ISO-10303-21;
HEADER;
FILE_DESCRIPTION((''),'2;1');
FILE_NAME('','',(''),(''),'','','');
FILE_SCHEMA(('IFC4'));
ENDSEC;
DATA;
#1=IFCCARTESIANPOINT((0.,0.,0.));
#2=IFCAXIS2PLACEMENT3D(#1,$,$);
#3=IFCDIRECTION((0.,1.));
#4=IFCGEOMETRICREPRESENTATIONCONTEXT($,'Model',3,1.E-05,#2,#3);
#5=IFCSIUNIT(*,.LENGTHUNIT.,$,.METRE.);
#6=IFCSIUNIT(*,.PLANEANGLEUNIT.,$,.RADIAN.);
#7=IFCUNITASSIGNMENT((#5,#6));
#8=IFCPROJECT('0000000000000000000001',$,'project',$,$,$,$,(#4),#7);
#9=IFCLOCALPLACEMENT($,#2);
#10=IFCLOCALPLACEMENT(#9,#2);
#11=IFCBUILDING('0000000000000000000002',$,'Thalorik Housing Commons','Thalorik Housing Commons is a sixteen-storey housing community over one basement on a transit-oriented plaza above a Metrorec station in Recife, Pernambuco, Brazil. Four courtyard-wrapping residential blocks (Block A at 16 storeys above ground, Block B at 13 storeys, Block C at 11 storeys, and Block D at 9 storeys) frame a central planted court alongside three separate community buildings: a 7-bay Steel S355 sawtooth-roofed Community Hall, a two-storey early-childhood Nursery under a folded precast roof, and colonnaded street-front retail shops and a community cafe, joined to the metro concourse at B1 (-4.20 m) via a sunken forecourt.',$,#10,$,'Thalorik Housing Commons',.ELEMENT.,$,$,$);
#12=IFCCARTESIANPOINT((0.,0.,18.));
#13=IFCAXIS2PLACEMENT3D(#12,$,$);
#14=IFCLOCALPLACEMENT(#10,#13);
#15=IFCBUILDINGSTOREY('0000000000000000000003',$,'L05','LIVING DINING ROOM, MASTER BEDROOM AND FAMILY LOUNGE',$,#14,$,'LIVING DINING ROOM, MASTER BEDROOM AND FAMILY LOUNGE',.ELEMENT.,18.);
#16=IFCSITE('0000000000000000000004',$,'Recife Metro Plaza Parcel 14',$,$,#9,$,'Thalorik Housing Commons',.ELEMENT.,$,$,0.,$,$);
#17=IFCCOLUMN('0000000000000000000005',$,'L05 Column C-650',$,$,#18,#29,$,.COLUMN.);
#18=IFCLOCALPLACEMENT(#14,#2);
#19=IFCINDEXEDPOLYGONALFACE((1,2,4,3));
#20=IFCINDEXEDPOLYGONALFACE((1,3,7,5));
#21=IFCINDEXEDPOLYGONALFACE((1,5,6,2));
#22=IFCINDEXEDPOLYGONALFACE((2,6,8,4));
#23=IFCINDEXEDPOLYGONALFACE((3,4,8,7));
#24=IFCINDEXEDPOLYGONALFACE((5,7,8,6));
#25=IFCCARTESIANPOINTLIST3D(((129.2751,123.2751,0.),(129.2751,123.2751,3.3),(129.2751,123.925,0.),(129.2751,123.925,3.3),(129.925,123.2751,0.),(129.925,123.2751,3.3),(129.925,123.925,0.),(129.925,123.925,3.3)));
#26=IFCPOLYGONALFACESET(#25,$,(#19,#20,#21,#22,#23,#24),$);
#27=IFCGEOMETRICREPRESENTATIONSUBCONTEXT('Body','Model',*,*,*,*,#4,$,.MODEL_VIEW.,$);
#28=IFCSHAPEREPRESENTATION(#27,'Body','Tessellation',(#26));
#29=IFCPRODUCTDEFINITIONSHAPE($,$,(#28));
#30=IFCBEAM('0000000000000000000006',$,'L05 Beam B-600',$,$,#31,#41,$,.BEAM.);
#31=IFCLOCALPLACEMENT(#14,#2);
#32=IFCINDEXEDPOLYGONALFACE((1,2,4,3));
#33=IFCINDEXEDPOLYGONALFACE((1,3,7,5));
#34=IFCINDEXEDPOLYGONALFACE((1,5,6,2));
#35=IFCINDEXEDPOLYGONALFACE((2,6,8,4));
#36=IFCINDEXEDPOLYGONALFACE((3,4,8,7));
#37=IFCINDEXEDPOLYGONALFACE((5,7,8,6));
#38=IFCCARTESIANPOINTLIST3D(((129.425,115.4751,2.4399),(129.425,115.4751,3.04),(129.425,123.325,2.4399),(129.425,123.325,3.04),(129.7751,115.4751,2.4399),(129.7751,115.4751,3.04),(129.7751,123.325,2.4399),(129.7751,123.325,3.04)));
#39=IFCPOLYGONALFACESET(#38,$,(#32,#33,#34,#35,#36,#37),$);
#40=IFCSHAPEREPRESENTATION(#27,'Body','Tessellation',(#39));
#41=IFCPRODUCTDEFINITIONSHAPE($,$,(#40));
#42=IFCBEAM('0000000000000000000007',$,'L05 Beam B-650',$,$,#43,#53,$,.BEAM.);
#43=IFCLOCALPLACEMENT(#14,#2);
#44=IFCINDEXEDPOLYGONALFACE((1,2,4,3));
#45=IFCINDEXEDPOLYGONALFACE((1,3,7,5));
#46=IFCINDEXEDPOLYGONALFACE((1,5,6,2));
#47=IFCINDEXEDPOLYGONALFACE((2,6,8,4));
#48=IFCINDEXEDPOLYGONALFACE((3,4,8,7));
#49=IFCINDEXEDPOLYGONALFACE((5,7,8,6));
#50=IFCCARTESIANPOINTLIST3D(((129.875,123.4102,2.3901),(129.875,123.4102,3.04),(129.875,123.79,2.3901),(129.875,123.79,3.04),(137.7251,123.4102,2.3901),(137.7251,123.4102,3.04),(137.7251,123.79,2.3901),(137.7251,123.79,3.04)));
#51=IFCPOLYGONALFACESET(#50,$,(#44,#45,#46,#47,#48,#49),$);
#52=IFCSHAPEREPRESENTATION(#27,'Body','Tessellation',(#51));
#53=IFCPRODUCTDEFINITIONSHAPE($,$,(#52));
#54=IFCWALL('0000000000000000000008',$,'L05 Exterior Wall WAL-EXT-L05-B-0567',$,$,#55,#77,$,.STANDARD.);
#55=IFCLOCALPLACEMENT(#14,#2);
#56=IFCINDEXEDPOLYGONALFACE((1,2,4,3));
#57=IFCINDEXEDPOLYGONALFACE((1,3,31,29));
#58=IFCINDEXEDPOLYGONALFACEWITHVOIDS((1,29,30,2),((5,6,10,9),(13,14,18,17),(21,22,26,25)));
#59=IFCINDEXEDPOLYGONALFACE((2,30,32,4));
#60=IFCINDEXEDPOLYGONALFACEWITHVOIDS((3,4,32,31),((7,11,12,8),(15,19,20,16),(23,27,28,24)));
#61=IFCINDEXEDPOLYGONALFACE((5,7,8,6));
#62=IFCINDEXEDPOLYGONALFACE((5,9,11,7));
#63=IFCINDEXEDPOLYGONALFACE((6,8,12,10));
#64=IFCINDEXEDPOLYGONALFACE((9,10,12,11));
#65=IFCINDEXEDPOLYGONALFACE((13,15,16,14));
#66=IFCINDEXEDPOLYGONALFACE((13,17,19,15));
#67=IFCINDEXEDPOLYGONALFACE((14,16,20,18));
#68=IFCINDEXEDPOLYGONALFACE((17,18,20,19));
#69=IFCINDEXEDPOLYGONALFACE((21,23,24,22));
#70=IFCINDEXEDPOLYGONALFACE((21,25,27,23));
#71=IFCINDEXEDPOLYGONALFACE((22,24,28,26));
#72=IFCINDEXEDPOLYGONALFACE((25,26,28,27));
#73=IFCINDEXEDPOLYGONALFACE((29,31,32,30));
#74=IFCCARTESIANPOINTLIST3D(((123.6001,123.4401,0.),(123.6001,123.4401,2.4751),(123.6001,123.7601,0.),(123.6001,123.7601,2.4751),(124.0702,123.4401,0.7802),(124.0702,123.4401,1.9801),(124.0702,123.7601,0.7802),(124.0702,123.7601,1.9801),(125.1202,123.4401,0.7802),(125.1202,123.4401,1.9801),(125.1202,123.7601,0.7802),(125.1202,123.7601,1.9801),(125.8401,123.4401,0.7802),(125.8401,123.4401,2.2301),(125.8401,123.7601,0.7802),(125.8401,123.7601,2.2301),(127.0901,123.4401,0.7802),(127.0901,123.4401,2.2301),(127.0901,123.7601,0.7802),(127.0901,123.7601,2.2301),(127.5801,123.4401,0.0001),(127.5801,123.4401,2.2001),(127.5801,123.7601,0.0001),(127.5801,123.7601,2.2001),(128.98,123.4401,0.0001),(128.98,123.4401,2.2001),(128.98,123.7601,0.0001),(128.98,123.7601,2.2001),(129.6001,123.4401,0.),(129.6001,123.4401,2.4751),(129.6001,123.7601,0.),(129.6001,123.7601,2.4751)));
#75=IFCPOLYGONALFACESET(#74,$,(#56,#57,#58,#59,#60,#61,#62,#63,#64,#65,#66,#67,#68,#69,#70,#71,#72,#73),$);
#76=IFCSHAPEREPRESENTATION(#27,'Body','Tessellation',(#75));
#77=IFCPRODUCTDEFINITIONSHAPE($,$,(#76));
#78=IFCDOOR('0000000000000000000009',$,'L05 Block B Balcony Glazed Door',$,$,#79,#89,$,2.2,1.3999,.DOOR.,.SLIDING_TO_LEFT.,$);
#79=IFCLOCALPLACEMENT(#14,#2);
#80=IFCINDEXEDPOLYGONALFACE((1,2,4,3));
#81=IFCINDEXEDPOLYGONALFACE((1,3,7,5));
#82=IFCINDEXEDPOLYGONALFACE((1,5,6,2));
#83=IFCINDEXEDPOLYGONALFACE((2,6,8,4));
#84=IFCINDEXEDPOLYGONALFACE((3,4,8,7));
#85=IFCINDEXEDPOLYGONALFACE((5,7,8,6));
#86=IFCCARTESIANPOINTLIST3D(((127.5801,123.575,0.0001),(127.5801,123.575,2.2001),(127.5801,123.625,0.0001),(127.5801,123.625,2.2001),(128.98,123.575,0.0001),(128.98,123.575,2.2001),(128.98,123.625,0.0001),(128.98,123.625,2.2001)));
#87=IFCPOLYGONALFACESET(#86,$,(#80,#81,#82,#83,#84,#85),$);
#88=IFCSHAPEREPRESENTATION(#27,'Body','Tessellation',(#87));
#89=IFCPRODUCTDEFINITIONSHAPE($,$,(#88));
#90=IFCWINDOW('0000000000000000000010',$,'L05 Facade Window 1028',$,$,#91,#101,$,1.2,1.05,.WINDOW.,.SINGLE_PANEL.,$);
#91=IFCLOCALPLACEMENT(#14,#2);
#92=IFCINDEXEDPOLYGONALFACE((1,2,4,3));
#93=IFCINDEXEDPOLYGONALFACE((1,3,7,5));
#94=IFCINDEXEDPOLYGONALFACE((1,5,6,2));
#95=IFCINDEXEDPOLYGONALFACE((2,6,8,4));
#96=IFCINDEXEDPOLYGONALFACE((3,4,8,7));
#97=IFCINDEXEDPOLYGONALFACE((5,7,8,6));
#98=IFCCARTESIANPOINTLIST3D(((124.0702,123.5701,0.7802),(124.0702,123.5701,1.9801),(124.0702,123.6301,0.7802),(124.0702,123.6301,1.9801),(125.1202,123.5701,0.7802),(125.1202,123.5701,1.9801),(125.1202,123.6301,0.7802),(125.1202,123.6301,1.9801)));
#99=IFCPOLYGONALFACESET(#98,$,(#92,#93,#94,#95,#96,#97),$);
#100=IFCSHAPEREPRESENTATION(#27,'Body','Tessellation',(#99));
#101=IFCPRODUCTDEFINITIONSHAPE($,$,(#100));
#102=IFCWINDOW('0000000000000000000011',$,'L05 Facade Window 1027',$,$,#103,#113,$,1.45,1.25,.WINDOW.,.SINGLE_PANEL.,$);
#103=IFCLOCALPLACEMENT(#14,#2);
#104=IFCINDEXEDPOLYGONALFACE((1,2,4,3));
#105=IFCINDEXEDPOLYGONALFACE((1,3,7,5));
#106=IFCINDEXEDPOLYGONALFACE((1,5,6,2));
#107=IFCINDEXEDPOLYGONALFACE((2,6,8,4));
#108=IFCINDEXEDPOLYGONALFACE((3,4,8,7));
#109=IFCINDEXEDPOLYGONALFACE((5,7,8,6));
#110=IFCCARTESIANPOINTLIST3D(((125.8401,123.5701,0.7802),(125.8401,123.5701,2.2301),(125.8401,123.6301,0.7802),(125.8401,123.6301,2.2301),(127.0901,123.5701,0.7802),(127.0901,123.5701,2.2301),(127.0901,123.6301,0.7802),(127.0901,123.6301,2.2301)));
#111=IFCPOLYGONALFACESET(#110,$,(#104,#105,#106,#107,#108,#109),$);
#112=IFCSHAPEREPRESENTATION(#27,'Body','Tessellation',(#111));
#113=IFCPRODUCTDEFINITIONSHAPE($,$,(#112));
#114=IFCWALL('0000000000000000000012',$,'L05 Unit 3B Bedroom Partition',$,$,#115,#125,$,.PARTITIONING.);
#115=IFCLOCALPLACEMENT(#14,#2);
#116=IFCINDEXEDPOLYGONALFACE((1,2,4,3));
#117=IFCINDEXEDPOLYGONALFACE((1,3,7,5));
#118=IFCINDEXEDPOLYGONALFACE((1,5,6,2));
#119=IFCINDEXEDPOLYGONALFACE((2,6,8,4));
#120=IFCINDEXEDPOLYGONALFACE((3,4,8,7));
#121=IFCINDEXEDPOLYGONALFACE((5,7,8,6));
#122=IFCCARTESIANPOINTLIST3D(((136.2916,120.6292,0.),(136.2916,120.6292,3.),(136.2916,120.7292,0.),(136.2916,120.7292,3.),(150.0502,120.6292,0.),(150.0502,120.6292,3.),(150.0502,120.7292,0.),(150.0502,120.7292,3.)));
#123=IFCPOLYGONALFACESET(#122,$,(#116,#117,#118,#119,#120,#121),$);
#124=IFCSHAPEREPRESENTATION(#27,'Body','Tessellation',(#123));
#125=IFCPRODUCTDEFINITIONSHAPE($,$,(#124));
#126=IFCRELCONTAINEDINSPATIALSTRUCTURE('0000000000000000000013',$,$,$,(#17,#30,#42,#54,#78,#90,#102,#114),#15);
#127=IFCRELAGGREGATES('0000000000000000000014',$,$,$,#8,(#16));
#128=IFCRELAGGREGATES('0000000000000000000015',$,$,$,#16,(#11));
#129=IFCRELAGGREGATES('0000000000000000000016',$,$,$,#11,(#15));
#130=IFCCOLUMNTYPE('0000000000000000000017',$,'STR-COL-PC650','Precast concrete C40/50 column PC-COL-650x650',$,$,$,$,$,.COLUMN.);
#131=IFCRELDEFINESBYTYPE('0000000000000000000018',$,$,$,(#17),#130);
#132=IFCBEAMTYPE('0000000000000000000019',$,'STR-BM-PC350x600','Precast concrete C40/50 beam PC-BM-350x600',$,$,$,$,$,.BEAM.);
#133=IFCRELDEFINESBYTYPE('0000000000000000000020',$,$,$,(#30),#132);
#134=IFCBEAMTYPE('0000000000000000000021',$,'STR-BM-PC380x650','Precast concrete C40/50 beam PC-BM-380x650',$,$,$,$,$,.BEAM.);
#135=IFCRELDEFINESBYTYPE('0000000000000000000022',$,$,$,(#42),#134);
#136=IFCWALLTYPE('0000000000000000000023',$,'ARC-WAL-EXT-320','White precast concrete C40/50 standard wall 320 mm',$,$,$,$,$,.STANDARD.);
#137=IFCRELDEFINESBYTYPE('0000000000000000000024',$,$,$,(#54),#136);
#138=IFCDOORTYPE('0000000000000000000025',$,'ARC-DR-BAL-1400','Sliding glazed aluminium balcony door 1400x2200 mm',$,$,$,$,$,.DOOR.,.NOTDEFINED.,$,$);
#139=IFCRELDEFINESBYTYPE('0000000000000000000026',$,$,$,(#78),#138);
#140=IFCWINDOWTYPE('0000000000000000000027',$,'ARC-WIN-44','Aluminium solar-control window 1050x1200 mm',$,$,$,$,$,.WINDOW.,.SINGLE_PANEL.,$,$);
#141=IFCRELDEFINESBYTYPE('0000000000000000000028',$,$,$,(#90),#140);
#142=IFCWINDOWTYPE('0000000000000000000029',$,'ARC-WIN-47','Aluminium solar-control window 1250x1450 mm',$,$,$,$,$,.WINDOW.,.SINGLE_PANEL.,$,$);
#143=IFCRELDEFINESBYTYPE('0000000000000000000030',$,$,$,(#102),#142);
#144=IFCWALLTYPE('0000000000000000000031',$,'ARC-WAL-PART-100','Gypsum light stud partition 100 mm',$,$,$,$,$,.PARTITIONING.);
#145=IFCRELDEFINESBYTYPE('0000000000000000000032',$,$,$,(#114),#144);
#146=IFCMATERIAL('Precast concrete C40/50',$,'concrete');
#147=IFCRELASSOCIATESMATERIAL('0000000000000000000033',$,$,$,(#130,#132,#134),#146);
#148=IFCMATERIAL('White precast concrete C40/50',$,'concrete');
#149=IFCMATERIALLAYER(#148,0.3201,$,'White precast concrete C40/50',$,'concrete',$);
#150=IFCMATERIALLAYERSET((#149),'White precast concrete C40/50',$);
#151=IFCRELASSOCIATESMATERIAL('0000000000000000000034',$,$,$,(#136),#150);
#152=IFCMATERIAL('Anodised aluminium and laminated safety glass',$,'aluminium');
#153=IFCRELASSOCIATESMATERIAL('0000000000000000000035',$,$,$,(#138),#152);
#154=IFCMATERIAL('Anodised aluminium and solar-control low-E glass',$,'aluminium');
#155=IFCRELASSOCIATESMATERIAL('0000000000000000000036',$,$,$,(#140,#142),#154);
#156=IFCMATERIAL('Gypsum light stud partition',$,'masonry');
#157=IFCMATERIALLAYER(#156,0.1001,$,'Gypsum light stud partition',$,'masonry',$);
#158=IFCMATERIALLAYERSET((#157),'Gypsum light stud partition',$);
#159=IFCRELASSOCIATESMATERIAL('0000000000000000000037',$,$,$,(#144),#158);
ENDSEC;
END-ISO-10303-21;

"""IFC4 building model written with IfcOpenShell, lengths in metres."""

from ifc_helpers import new_model, si_unit, direction, frame, frame_2d, origin, origin_2d, place, context, subcontext, project, spatial, rectangle, extrude, material, layer, layer_set, material_profile, profile_set, type_object, element, fill, save


model = new_model("IFC4")

# Units and contexts
model_context = context("Model", 3, precision=1e-05, world=origin(), true_north=direction((0.0, 1.0)))
body_context = subcontext(model_context, "Body", "Model", "MODEL_VIEW")
ifc_project = project(units=[si_unit("LENGTHUNIT", "METRE"), si_unit("PLANEANGLEUNIT", "RADIAN")], contexts=[model_context])

# Site, building, storey
site_placement = place(None, origin())
site = spatial("IfcSite", under=ifc_project, at=site_placement, Name="Recife Metro Plaza Parcel 14", LongName="Thalorik Housing Commons", CompositionType="ELEMENT", RefElevation=0.0)
building_placement = place(site_placement, origin())
building = spatial("IfcBuilding", under=site, at=building_placement, Name="Thalorik Housing Commons", Description="Thalorik Housing Commons is a sixteen-storey housing community over one basement on a transit-oriented plaza above a Metrorec station in Recife, Pernambuco, Brazil. Four courtyard-wrapping residential blocks (Block A at 16 storeys above ground, Block B at 13 storeys, Block C at 11 storeys, and Block D at 9 storeys) frame a central planted court alongside three separate community buildings: a 7-bay Steel S355 sawtooth-roofed Community Hall, a two-storey early-childhood Nursery under a folded precast roof, and colonnaded street-front retail shops and a community cafe, joined to the metro concourse at B1 (-4.20 m) via a sunken forecourt.", LongName="Thalorik Housing Commons", CompositionType="ELEMENT")
storey_placement = place(building_placement, frame((0.0, 0.0, 18.0)))
storey = spatial("IfcBuildingStorey", under=building, at=storey_placement, Name="L05", Description="LIVING DINING ROOM, MASTER BEDROOM AND FAMILY LOUNGE", LongName="LIVING DINING ROOM, MASTER BEDROOM AND FAMILY LOUNGE", CompositionType="ELEMENT", Elevation=18.0)

# Column
ifc_material_1 = material(Name="Precast concrete C40/50", Category="concrete")
ifc_material_profile_1 = material_profile(ifc_material_1, rectangle(XDim=0.6499, YDim=0.6499, at=origin_2d()), Name="PC 650x650", Category="concrete")
ifc_profile_set_1 = profile_set([ifc_material_profile_1], Name="Precast concrete C40/50")
column_type = type_object("IfcColumnType", Name="STR-COL-PC650", Description="Precast concrete C40/50 column PC-COL-650x650", PredefinedType="COLUMN", material=ifc_profile_set_1)
column_placement = place(storey_placement, frame((129.6001, 123.6001, 0.0), z_axis=(0.0, 0.0, 1.0), x_axis=(1.0, 0.0, 0.0)))
element("IfcColumn", 1, at=column_placement, inside=storey, type_object=column_type, Name="L05 Column C-650", PredefinedType="COLUMN", context=body_context, shape_type="SweptSolid", body=[
    extrude(rectangle(XDim=0.6499, YDim=0.6499, at=origin_2d()), origin(), (0.0, 0.0, 1.0), 3.3),
])

# Beams
ifc_material_profile_2 = material_profile(ifc_material_1, rectangle(XDim=0.3501, YDim=0.6001, at=origin_2d()), Name="PC 350x600", Category="concrete")
ifc_profile_set_2 = profile_set([ifc_material_profile_2], Name="Precast concrete C40/50")
beam_type_1 = type_object("IfcBeamType", Name="STR-BM-PC350x600", Description="Precast concrete C40/50 beam PC-BM-350x600", PredefinedType="BEAM", material=ifc_profile_set_2)
beam_1_placement = place(storey_placement, frame((129.6001, 115.4751, 2.74), z_axis=(0.0, 1.0, 0.0), x_axis=(-1.0, 0.0, 0.0)))
element("IfcBeam", 2, at=beam_1_placement, inside=storey, type_object=beam_type_1, Name="L05 Beam B-600", PredefinedType="BEAM", context=body_context, shape_type="SweptSolid", body=[
    extrude(rectangle(XDim=0.3501, YDim=0.6001, at=origin_2d()), origin(), (0.0, 0.0, 1.0), 7.8499),
])
ifc_material_profile_3 = material_profile(ifc_material_1, rectangle(XDim=0.3799, YDim=0.6499, at=origin_2d()), Name="PC 380x650", Category="concrete")
ifc_profile_set_3 = profile_set([ifc_material_profile_3], Name="Precast concrete C40/50")
beam_type_2 = type_object("IfcBeamType", Name="STR-BM-PC380x650", Description="Precast concrete C40/50 beam PC-BM-380x650", PredefinedType="BEAM", material=ifc_profile_set_3)
beam_2_placement = place(storey_placement, frame((129.875, 123.6001, 2.7151), z_axis=(1.0, 0.0, 0.0), x_axis=(0.0, 1.0, 0.0)))
element("IfcBeam", 3, at=beam_2_placement, inside=storey, type_object=beam_type_2, Name="L05 Beam B-650", PredefinedType="BEAM", context=body_context, shape_type="SweptSolid", body=[
    extrude(rectangle(XDim=0.3799, YDim=0.6499, at=origin_2d()), origin(), (0.0, 0.0, 1.0), 7.8501),
])

# Wall, openings, door, windows
ifc_material_2 = material(Name="White precast concrete C40/50", Category="concrete")
ifc_layer_1 = layer(ifc_material_2, 0.3201, Name="White precast concrete C40/50", Category="concrete")
ifc_layer_set_1 = layer_set([ifc_layer_1], Name="White precast concrete C40/50")
wall_type_1 = type_object("IfcWallType", Name="ARC-WAL-EXT-320", Description="White precast concrete C40/50 standard wall 320 mm", PredefinedType="STANDARD", material=ifc_layer_set_1)
wall_1_placement = place(storey_placement, frame((129.6001, 123.6001, 0.0), z_axis=(0.0, 0.0, 1.0), x_axis=(-1.0, 0.0, 0.0)))
wall_1 = element("IfcWall", 4, at=wall_1_placement, inside=storey, type_object=wall_type_1, Name="L05 Exterior Wall WAL-EXT-L05-B-0567", PredefinedType="STANDARD", context=body_context, shape_type="SweptSolid", body=[
    extrude(rectangle(XDim=6.0, YDim=0.3201, at=frame_2d((3.0, 0.0))), origin(), (0.0, 0.0, 1.0), 2.4751),
])
opening_1_placement = place(wall_1_placement, frame((0.6201, 0.0, 0.0)))
opening_1 = element("IfcOpeningElement", 5, at=opening_1_placement, cuts=wall_1, PredefinedType="OPENING", context=body_context, shape_type="SweptSolid", body=[
    extrude(rectangle(XDim=1.3999, YDim=2.2, at=frame_2d((0.7, 1.1001))), frame((0.0, 0.1699, 0.0), z_axis=(0.0, -1.0, 0.0), x_axis=(1.0, 0.0, 0.0)), (0.0, 0.0, 1.0), 0.3401),
])
opening_2_placement = place(wall_1_placement, frame((2.51, 0.0, 0.78)))
opening_2 = element("IfcOpeningElement", 6, at=opening_2_placement, cuts=wall_1, PredefinedType="OPENING", context=body_context, shape_type="SweptSolid", body=[
    extrude(rectangle(XDim=1.25, YDim=1.45, at=frame_2d((0.625, 0.7251))), frame((0.0, 0.1699, 0.0), z_axis=(0.0, -1.0, 0.0), x_axis=(1.0, 0.0, 0.0)), (0.0, 0.0, 1.0), 0.3401),
])
opening_3_placement = place(wall_1_placement, frame((4.48, 0.0, 0.78)))
opening_3 = element("IfcOpeningElement", 7, at=opening_3_placement, cuts=wall_1, PredefinedType="OPENING", context=body_context, shape_type="SweptSolid", body=[
    extrude(rectangle(XDim=1.05, YDim=1.2, at=frame_2d((0.5249, 0.6001))), frame((0.0, 0.1699, 0.0), z_axis=(0.0, -1.0, 0.0), x_axis=(1.0, 0.0, 0.0)), (0.0, 0.0, 1.0), 0.3401),
])
ifc_material_3 = material(Name="Anodised aluminium and laminated safety glass", Category="aluminium")
door_type_1 = type_object("IfcDoorType", Name="ARC-DR-BAL-1400", Description="Sliding glazed aluminium balcony door 1400x2200 mm", OperationType="NOTDEFINED", PredefinedType="DOOR", material=ifc_material_3)
door_1_placement = place(opening_1_placement, frame((1.3999, 0.0, 0.0), z_axis=(0.0, 0.0, 1.0), x_axis=(-1.0, 0.0, 0.0)))
door_1 = element("IfcDoor", 8, at=door_1_placement, inside=storey, type_object=door_type_1, Name="L05 Block B Balcony Glazed Door", OperationType="SLIDING_TO_LEFT", OverallHeight=2.2, OverallWidth=1.3999, PredefinedType="DOOR", context=body_context, shape_type="SweptSolid", body=[
    extrude(rectangle(XDim=1.3999, YDim=2.2, at=frame_2d((0.7, 1.1001))), frame((0.0, 0.0249, 0.0), z_axis=(0.0, -1.0, 0.0), x_axis=(1.0, 0.0, 0.0)), (0.0, 0.0, 1.0), 0.05),
])
fill(opening_1, door_1)
ifc_material_4 = material(Name="Anodised aluminium and solar-control low-E glass", Category="aluminium")
window_type_1 = type_object("IfcWindowType", Name="ARC-WIN-44", Description="Aluminium solar-control window 1050x1200 mm", PartitioningType="SINGLE_PANEL", PredefinedType="WINDOW", material=ifc_material_4)
window_1_placement = place(opening_3_placement, origin())
window_1 = element("IfcWindow", 9, at=window_1_placement, inside=storey, type_object=window_type_1, Name="L05 Facade Window 1028", OverallHeight=1.2, OverallWidth=1.05, PartitioningType="SINGLE_PANEL", PredefinedType="WINDOW", context=body_context, shape_type="SweptSolid", body=[
    extrude(rectangle(XDim=1.05, YDim=1.2, at=frame_2d((0.5249, 0.6001))), frame((0.0, 0.03, 0.0), z_axis=(0.0, -1.0, 0.0), x_axis=(1.0, 0.0, 0.0)), (0.0, 0.0, 1.0), 0.0601),
])
fill(opening_3, window_1)
window_type_2 = type_object("IfcWindowType", Name="ARC-WIN-47", Description="Aluminium solar-control window 1250x1450 mm", PartitioningType="SINGLE_PANEL", PredefinedType="WINDOW", material=ifc_material_4)
window_2_placement = place(opening_2_placement, origin())
window_2 = element("IfcWindow", 10, at=window_2_placement, inside=storey, type_object=window_type_2, Name="L05 Facade Window 1027", OverallHeight=1.45, OverallWidth=1.25, PartitioningType="SINGLE_PANEL", PredefinedType="WINDOW", context=body_context, shape_type="SweptSolid", body=[
    extrude(rectangle(XDim=1.25, YDim=1.45, at=frame_2d((0.625, 0.7251))), frame((0.0, 0.03, 0.0), z_axis=(0.0, -1.0, 0.0), x_axis=(1.0, 0.0, 0.0)), (0.0, 0.0, 1.0), 0.0601),
])
fill(opening_2, window_2)

# Wall
ifc_material_5 = material(Name="Gypsum light stud partition", Category="masonry")
ifc_layer_2 = layer(ifc_material_5, 0.1001, Name="Gypsum light stud partition", Category="masonry")
ifc_layer_set_2 = layer_set([ifc_layer_2], Name="Gypsum light stud partition")
wall_type_2 = type_object("IfcWallType", Name="ARC-WAL-PART-100", Description="Gypsum light stud partition 100 mm", PredefinedType="PARTITIONING", material=ifc_layer_set_2)
wall_2_placement = place(storey_placement, frame((136.2915, 120.6792, 0.0), z_axis=(0.0, 0.0, 1.0), x_axis=(1.0, 0.0, 0.0)))
element("IfcWall", 11, at=wall_2_placement, inside=storey, type_object=wall_type_2, Name="L05 Unit 3B Bedroom Partition", PredefinedType="PARTITIONING", context=body_context, shape_type="SweptSolid", body=[
    extrude(rectangle(XDim=13.7585, YDim=0.1001, at=frame_2d((6.8794, 0.0))), origin(), (0.0, 0.0, 1.0), 3.0),
])

save(model, "model.ifc")
